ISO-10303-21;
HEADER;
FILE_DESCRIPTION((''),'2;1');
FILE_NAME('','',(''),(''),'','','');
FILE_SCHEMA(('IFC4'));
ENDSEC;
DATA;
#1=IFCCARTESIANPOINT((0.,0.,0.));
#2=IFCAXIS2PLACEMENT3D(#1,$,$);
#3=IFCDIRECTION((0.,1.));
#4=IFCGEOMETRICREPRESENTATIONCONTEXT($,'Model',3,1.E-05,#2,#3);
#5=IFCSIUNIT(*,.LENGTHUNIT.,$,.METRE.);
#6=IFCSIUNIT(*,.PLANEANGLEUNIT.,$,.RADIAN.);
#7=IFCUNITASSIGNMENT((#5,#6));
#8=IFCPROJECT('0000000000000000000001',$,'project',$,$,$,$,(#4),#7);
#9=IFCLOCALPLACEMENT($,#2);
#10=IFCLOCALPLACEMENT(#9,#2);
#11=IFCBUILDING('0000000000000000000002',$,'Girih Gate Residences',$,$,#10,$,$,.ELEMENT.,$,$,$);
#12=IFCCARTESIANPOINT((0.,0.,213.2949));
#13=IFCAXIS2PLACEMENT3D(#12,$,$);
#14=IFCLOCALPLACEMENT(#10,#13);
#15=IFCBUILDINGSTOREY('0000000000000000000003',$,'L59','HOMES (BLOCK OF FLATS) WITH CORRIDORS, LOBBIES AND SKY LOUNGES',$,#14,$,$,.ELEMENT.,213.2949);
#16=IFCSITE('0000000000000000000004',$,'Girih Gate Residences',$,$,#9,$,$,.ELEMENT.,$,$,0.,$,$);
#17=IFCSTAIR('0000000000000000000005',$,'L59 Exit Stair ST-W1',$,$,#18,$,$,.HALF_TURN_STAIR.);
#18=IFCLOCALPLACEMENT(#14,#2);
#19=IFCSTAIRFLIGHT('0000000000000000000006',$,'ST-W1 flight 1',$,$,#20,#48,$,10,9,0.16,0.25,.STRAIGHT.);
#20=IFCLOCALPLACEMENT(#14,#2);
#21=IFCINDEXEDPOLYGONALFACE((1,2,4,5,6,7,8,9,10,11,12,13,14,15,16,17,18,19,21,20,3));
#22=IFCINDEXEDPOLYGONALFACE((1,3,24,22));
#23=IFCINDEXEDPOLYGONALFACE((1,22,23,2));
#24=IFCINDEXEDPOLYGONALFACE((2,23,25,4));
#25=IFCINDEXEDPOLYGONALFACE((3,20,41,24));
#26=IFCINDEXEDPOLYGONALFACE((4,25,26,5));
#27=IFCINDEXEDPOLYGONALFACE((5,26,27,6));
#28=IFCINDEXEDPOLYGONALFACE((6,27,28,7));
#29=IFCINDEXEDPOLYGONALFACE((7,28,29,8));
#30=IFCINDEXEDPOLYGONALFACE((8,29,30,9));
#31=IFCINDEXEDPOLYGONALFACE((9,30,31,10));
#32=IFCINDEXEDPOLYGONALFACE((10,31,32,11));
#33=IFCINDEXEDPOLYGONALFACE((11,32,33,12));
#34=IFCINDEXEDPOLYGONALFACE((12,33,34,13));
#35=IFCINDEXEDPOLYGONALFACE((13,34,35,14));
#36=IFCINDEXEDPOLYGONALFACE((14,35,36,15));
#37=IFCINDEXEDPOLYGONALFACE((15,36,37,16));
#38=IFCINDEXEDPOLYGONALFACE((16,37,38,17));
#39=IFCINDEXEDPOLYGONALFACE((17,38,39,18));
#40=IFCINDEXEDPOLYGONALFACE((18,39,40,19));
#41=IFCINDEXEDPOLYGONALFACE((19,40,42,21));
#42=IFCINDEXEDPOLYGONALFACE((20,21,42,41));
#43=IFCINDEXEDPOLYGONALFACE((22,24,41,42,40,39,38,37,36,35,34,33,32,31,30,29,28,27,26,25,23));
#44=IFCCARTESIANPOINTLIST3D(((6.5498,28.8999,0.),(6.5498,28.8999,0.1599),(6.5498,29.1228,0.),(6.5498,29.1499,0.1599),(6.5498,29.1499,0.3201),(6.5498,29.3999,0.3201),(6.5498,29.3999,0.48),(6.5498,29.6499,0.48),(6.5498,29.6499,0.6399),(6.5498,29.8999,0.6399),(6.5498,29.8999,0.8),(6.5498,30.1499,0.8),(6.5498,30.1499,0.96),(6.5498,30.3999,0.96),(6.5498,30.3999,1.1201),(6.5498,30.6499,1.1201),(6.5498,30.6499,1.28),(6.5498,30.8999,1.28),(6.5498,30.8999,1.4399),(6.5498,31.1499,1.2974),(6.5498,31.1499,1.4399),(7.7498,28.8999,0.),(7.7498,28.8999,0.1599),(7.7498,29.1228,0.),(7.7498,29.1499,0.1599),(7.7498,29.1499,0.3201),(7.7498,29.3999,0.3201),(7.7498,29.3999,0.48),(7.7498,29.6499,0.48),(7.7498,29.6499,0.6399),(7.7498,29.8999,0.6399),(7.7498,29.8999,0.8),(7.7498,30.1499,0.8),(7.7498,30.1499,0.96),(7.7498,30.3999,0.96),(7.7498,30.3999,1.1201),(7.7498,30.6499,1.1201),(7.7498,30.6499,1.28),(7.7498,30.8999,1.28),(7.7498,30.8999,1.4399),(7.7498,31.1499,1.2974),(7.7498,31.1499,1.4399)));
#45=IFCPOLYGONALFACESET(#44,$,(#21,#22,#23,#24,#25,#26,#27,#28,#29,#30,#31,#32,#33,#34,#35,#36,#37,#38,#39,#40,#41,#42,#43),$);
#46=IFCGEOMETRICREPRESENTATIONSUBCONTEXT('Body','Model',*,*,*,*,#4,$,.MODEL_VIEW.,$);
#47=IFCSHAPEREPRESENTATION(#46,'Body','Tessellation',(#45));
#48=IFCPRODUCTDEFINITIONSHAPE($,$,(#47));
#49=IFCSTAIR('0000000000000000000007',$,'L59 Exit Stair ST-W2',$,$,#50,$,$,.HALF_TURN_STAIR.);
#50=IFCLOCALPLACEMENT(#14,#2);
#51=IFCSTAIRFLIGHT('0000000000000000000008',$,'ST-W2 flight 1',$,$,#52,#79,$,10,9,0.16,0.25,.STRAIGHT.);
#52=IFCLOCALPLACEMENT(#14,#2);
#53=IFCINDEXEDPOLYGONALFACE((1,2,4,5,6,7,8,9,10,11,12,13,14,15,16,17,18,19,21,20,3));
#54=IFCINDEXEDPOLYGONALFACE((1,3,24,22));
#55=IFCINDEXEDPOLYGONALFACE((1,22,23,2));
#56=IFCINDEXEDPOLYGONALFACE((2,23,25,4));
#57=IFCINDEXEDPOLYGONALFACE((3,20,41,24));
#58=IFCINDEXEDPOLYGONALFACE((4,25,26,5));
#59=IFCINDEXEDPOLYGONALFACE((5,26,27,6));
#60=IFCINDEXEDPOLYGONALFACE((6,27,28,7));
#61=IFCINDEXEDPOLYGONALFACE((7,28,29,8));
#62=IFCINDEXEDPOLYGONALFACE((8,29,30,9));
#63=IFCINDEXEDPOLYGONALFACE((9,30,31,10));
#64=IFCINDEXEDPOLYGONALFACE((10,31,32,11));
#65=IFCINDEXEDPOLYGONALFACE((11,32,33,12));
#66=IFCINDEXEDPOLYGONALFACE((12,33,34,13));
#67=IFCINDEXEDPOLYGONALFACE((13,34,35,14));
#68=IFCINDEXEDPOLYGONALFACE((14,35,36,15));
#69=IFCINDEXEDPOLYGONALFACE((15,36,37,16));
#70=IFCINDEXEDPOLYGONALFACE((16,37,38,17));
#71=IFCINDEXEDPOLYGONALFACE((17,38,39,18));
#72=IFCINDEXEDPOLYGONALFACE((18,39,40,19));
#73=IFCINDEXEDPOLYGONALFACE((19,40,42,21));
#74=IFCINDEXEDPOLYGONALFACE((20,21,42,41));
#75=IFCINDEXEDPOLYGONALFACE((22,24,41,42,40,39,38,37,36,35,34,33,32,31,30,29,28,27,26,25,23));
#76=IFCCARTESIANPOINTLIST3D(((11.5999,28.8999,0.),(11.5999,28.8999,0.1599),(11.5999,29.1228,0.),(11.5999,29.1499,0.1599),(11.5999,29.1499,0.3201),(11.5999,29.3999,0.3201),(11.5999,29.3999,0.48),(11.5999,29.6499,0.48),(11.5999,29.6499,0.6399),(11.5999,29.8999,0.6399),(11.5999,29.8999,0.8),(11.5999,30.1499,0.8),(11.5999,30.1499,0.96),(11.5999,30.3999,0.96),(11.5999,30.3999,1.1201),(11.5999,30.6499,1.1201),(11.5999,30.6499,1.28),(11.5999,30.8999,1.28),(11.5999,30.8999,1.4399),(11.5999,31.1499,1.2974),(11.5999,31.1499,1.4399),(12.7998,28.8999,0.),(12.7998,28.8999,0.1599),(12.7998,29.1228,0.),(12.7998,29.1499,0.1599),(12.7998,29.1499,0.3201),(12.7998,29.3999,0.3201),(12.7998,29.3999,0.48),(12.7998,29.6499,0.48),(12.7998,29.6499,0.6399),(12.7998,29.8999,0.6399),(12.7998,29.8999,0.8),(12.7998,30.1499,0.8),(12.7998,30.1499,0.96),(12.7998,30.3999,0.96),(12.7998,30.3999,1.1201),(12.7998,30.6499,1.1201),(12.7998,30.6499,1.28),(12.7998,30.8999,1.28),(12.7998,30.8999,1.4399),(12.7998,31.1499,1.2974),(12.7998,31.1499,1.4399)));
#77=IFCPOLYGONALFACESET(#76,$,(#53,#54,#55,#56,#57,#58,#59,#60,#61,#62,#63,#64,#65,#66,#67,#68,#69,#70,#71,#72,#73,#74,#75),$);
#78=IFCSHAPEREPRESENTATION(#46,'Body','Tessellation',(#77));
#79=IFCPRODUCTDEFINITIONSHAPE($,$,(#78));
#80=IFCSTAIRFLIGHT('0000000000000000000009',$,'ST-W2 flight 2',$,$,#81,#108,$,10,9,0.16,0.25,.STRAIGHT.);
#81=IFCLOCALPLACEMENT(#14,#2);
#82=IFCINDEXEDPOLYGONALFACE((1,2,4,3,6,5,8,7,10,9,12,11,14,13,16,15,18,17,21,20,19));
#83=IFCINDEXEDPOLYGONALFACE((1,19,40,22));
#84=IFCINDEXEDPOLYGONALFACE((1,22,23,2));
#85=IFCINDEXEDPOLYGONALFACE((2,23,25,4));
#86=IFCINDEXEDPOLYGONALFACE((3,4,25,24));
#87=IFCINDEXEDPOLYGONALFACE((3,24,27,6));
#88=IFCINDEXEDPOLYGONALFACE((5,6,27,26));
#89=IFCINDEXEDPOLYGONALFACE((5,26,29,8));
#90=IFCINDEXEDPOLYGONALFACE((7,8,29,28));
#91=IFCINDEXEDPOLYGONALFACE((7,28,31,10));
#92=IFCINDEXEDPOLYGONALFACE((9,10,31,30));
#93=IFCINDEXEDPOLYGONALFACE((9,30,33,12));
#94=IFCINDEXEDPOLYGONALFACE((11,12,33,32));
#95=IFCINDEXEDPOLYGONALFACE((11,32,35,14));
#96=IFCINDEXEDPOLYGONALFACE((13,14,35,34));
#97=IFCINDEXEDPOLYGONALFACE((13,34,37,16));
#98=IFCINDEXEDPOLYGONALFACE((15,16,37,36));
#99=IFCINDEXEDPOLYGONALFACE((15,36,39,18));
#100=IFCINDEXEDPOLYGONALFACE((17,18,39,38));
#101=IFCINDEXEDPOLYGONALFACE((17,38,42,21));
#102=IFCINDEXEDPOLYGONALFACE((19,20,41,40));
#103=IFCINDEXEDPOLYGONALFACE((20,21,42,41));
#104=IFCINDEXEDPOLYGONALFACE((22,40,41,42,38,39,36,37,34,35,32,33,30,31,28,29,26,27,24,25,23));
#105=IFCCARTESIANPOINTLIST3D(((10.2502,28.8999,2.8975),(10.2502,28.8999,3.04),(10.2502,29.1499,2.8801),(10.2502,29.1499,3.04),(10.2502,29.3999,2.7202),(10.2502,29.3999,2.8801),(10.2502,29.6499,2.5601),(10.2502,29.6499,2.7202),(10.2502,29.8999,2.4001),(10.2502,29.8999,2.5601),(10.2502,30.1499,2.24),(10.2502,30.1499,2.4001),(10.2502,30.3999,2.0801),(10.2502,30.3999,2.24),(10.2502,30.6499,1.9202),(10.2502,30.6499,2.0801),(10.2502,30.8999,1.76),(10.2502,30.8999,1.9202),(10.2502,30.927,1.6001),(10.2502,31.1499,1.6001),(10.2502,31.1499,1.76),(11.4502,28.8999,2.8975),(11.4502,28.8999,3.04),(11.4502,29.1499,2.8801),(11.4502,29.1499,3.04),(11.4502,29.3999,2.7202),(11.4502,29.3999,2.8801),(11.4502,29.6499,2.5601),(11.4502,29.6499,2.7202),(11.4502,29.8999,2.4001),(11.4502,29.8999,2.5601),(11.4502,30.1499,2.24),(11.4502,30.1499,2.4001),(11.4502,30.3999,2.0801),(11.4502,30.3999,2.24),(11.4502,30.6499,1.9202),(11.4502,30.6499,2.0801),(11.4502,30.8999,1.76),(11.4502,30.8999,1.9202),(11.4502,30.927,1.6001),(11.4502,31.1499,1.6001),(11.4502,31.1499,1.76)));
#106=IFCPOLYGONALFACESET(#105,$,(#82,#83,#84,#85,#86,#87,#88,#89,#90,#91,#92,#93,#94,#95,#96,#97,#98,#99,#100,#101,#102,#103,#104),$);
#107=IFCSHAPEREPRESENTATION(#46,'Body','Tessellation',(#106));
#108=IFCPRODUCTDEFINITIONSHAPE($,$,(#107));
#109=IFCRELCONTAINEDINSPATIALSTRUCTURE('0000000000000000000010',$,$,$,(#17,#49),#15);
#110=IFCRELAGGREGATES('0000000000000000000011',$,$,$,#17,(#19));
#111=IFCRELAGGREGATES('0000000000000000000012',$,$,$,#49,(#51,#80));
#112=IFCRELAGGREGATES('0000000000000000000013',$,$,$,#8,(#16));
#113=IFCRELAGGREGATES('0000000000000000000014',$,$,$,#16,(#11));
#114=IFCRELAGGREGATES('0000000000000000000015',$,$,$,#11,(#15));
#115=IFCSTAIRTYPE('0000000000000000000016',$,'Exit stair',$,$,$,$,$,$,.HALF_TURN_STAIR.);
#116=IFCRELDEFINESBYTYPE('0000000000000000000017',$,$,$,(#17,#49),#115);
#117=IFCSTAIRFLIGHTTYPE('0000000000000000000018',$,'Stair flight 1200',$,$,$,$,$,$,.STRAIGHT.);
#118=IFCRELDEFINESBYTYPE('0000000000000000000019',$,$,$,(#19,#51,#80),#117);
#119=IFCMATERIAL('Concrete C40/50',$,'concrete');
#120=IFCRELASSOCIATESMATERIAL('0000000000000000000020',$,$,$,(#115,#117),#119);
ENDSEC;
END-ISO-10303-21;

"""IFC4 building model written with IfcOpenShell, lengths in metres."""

from ifc_helpers import new_model, si_unit, direction, frame, origin, place, context, subcontext, project, spatial, polyline, outline, extrude, material, type_object, element, aggregate, save


model = new_model("IFC4")

# Units and contexts
model_context = context("Model", 3, precision=1e-05, world=origin(), true_north=direction((0.0, 1.0)))
body_context = subcontext(model_context, "Body", "Model", "MODEL_VIEW")
ifc_project = project(units=[si_unit("LENGTHUNIT", "METRE"), si_unit("PLANEANGLEUNIT", "RADIAN")], contexts=[model_context])

# Site, building, storey
site_placement = place(None, origin())
site = spatial("IfcSite", under=ifc_project, at=site_placement, Name="Girih Gate Residences", CompositionType="ELEMENT", RefElevation=0.0)
building_placement = place(site_placement, origin())
building = spatial("IfcBuilding", under=site, at=building_placement, Name="Girih Gate Residences", CompositionType="ELEMENT")
storey_placement = place(building_placement, frame((0.0, 0.0, 213.2949)))
storey = spatial("IfcBuildingStorey", under=building, at=storey_placement, Name="L59", Description="HOMES (BLOCK OF FLATS) WITH CORRIDORS, LOBBIES AND SKY LOUNGES", CompositionType="ELEMENT", Elevation=213.2949)

# Shared definitions
ifc_material_1 = material(Name="Concrete C40/50", Category="concrete")

# Stair, stair flight
stair_type = type_object("IfcStairType", Name="Exit stair", PredefinedType="HALF_TURN_STAIR", material=ifc_material_1)
stair_1_placement = place(storey_placement, origin())
stair_1 = element("IfcStair", 1, at=stair_1_placement, inside=storey, type_object=stair_type, Name="L59 Exit Stair ST-W1", PredefinedType="HALF_TURN_STAIR")
stair_flight_type = type_object("IfcStairFlightType", Name="Stair flight 1200", PredefinedType="STRAIGHT", material=ifc_material_1)
stair_flight_1_placement = place(storey_placement, frame((7.1499, 28.8999, 0.0), z_axis=(0.0, 0.0, 1.0), x_axis=(0.0, 1.0, 0.0)))
stair_flight_1 = element("IfcStairFlight", 2, at=stair_flight_1_placement, type_object=stair_flight_type, Name="ST-W1 flight 1", NumberOfRisers=10, NumberOfTreads=9, PredefinedType="STRAIGHT", RiserHeight=0.16, TreadLength=0.25, context=body_context, shape_type="SweptSolid", body=[
    extrude(outline(polyline([(0.0, 0.0), (0.0, 0.1599), (0.25, 0.1599), (0.25, 0.3201), (0.5, 0.3201), (0.5, 0.48), (0.75, 0.48), (0.75, 0.6399), (1.0, 0.6399), (1.0, 0.8), (1.25, 0.8), (1.25, 0.96), (1.5, 0.96), (1.5, 1.1201), (1.75, 1.1201), (1.75, 1.28), (2.0, 1.28), (2.0, 1.4399), (2.25, 1.4399), (2.25, 1.6001), (2.25, 1.2974), (0.2229, 0.0), (0.0, 0.0)])), frame((0.0, 0.6001, 0.0), z_axis=(0.0, -1.0, 0.0), x_axis=(1.0, 0.0, 0.0)), (0.0, 0.0, 1.0), 1.2),
])
aggregate(stair_1, [stair_flight_1])

# Stair, stair flights
stair_2_placement = place(storey_placement, origin())
stair_2 = element("IfcStair", 3, at=stair_2_placement, inside=storey, type_object=stair_type, Name="L59 Exit Stair ST-W2", PredefinedType="HALF_TURN_STAIR")
stair_flight_2_placement = place(storey_placement, frame((12.2, 28.8999, 0.0), z_axis=(0.0, 0.0, 1.0), x_axis=(0.0, 1.0, 0.0)))
stair_flight_2 = element("IfcStairFlight", 4, at=stair_flight_2_placement, type_object=stair_flight_type, Name="ST-W2 flight 1", NumberOfRisers=10, NumberOfTreads=9, PredefinedType="STRAIGHT", RiserHeight=0.16, TreadLength=0.25, context=body_context, shape_type="SweptSolid", body=[
    extrude(outline(polyline([(0.0, 0.0), (0.0, 0.1599), (0.25, 0.1599), (0.25, 0.3201), (0.5, 0.3201), (0.5, 0.48), (0.75, 0.48), (0.75, 0.6399), (1.0, 0.6399), (1.0, 0.8), (1.25, 0.8), (1.25, 0.96), (1.5, 0.96), (1.5, 1.1201), (1.75, 1.1201), (1.75, 1.28), (2.0, 1.28), (2.0, 1.4399), (2.25, 1.4399), (2.25, 1.6001), (2.25, 1.2974), (0.2229, 0.0), (0.0, 0.0)])), frame((0.0, 0.6001, 0.0), z_axis=(0.0, -1.0, 0.0), x_axis=(1.0, 0.0, 0.0)), (0.0, 0.0, 1.0), 1.2),
])
stair_flight_3_placement = place(storey_placement, frame((10.8501, 31.1499, 1.6001), z_axis=(0.0, 0.0, 1.0), x_axis=(0.0, -1.0, 0.0)))
stair_flight_3 = element("IfcStairFlight", 5, at=stair_flight_3_placement, type_object=stair_flight_type, Name="ST-W2 flight 2", NumberOfRisers=10, NumberOfTreads=9, PredefinedType="STRAIGHT", RiserHeight=0.16, TreadLength=0.25, context=body_context, shape_type="SweptSolid", body=[
    extrude(outline(polyline([(0.0, 0.0), (0.0, 0.1599), (0.25, 0.1599), (0.25, 0.3201), (0.5, 0.3201), (0.5, 0.48), (0.75, 0.48), (0.75, 0.6399), (1.0, 0.6399), (1.0, 0.8), (1.25, 0.8), (1.25, 0.96), (1.5, 0.96), (1.5, 1.1201), (1.75, 1.1201), (1.75, 1.28), (2.0, 1.28), (2.0, 1.4399), (2.25, 1.4399), (2.25, 1.6001), (2.25, 1.2974), (0.2229, 0.0), (0.0, 0.0)])), frame((0.0, 0.6001, 0.0), z_axis=(0.0, -1.0, 0.0), x_axis=(1.0, 0.0, 0.0)), (0.0, 0.0, 1.0), 1.2),
])
aggregate(stair_2, [stair_flight_2, stair_flight_3])

save(model, "model.ifc")
